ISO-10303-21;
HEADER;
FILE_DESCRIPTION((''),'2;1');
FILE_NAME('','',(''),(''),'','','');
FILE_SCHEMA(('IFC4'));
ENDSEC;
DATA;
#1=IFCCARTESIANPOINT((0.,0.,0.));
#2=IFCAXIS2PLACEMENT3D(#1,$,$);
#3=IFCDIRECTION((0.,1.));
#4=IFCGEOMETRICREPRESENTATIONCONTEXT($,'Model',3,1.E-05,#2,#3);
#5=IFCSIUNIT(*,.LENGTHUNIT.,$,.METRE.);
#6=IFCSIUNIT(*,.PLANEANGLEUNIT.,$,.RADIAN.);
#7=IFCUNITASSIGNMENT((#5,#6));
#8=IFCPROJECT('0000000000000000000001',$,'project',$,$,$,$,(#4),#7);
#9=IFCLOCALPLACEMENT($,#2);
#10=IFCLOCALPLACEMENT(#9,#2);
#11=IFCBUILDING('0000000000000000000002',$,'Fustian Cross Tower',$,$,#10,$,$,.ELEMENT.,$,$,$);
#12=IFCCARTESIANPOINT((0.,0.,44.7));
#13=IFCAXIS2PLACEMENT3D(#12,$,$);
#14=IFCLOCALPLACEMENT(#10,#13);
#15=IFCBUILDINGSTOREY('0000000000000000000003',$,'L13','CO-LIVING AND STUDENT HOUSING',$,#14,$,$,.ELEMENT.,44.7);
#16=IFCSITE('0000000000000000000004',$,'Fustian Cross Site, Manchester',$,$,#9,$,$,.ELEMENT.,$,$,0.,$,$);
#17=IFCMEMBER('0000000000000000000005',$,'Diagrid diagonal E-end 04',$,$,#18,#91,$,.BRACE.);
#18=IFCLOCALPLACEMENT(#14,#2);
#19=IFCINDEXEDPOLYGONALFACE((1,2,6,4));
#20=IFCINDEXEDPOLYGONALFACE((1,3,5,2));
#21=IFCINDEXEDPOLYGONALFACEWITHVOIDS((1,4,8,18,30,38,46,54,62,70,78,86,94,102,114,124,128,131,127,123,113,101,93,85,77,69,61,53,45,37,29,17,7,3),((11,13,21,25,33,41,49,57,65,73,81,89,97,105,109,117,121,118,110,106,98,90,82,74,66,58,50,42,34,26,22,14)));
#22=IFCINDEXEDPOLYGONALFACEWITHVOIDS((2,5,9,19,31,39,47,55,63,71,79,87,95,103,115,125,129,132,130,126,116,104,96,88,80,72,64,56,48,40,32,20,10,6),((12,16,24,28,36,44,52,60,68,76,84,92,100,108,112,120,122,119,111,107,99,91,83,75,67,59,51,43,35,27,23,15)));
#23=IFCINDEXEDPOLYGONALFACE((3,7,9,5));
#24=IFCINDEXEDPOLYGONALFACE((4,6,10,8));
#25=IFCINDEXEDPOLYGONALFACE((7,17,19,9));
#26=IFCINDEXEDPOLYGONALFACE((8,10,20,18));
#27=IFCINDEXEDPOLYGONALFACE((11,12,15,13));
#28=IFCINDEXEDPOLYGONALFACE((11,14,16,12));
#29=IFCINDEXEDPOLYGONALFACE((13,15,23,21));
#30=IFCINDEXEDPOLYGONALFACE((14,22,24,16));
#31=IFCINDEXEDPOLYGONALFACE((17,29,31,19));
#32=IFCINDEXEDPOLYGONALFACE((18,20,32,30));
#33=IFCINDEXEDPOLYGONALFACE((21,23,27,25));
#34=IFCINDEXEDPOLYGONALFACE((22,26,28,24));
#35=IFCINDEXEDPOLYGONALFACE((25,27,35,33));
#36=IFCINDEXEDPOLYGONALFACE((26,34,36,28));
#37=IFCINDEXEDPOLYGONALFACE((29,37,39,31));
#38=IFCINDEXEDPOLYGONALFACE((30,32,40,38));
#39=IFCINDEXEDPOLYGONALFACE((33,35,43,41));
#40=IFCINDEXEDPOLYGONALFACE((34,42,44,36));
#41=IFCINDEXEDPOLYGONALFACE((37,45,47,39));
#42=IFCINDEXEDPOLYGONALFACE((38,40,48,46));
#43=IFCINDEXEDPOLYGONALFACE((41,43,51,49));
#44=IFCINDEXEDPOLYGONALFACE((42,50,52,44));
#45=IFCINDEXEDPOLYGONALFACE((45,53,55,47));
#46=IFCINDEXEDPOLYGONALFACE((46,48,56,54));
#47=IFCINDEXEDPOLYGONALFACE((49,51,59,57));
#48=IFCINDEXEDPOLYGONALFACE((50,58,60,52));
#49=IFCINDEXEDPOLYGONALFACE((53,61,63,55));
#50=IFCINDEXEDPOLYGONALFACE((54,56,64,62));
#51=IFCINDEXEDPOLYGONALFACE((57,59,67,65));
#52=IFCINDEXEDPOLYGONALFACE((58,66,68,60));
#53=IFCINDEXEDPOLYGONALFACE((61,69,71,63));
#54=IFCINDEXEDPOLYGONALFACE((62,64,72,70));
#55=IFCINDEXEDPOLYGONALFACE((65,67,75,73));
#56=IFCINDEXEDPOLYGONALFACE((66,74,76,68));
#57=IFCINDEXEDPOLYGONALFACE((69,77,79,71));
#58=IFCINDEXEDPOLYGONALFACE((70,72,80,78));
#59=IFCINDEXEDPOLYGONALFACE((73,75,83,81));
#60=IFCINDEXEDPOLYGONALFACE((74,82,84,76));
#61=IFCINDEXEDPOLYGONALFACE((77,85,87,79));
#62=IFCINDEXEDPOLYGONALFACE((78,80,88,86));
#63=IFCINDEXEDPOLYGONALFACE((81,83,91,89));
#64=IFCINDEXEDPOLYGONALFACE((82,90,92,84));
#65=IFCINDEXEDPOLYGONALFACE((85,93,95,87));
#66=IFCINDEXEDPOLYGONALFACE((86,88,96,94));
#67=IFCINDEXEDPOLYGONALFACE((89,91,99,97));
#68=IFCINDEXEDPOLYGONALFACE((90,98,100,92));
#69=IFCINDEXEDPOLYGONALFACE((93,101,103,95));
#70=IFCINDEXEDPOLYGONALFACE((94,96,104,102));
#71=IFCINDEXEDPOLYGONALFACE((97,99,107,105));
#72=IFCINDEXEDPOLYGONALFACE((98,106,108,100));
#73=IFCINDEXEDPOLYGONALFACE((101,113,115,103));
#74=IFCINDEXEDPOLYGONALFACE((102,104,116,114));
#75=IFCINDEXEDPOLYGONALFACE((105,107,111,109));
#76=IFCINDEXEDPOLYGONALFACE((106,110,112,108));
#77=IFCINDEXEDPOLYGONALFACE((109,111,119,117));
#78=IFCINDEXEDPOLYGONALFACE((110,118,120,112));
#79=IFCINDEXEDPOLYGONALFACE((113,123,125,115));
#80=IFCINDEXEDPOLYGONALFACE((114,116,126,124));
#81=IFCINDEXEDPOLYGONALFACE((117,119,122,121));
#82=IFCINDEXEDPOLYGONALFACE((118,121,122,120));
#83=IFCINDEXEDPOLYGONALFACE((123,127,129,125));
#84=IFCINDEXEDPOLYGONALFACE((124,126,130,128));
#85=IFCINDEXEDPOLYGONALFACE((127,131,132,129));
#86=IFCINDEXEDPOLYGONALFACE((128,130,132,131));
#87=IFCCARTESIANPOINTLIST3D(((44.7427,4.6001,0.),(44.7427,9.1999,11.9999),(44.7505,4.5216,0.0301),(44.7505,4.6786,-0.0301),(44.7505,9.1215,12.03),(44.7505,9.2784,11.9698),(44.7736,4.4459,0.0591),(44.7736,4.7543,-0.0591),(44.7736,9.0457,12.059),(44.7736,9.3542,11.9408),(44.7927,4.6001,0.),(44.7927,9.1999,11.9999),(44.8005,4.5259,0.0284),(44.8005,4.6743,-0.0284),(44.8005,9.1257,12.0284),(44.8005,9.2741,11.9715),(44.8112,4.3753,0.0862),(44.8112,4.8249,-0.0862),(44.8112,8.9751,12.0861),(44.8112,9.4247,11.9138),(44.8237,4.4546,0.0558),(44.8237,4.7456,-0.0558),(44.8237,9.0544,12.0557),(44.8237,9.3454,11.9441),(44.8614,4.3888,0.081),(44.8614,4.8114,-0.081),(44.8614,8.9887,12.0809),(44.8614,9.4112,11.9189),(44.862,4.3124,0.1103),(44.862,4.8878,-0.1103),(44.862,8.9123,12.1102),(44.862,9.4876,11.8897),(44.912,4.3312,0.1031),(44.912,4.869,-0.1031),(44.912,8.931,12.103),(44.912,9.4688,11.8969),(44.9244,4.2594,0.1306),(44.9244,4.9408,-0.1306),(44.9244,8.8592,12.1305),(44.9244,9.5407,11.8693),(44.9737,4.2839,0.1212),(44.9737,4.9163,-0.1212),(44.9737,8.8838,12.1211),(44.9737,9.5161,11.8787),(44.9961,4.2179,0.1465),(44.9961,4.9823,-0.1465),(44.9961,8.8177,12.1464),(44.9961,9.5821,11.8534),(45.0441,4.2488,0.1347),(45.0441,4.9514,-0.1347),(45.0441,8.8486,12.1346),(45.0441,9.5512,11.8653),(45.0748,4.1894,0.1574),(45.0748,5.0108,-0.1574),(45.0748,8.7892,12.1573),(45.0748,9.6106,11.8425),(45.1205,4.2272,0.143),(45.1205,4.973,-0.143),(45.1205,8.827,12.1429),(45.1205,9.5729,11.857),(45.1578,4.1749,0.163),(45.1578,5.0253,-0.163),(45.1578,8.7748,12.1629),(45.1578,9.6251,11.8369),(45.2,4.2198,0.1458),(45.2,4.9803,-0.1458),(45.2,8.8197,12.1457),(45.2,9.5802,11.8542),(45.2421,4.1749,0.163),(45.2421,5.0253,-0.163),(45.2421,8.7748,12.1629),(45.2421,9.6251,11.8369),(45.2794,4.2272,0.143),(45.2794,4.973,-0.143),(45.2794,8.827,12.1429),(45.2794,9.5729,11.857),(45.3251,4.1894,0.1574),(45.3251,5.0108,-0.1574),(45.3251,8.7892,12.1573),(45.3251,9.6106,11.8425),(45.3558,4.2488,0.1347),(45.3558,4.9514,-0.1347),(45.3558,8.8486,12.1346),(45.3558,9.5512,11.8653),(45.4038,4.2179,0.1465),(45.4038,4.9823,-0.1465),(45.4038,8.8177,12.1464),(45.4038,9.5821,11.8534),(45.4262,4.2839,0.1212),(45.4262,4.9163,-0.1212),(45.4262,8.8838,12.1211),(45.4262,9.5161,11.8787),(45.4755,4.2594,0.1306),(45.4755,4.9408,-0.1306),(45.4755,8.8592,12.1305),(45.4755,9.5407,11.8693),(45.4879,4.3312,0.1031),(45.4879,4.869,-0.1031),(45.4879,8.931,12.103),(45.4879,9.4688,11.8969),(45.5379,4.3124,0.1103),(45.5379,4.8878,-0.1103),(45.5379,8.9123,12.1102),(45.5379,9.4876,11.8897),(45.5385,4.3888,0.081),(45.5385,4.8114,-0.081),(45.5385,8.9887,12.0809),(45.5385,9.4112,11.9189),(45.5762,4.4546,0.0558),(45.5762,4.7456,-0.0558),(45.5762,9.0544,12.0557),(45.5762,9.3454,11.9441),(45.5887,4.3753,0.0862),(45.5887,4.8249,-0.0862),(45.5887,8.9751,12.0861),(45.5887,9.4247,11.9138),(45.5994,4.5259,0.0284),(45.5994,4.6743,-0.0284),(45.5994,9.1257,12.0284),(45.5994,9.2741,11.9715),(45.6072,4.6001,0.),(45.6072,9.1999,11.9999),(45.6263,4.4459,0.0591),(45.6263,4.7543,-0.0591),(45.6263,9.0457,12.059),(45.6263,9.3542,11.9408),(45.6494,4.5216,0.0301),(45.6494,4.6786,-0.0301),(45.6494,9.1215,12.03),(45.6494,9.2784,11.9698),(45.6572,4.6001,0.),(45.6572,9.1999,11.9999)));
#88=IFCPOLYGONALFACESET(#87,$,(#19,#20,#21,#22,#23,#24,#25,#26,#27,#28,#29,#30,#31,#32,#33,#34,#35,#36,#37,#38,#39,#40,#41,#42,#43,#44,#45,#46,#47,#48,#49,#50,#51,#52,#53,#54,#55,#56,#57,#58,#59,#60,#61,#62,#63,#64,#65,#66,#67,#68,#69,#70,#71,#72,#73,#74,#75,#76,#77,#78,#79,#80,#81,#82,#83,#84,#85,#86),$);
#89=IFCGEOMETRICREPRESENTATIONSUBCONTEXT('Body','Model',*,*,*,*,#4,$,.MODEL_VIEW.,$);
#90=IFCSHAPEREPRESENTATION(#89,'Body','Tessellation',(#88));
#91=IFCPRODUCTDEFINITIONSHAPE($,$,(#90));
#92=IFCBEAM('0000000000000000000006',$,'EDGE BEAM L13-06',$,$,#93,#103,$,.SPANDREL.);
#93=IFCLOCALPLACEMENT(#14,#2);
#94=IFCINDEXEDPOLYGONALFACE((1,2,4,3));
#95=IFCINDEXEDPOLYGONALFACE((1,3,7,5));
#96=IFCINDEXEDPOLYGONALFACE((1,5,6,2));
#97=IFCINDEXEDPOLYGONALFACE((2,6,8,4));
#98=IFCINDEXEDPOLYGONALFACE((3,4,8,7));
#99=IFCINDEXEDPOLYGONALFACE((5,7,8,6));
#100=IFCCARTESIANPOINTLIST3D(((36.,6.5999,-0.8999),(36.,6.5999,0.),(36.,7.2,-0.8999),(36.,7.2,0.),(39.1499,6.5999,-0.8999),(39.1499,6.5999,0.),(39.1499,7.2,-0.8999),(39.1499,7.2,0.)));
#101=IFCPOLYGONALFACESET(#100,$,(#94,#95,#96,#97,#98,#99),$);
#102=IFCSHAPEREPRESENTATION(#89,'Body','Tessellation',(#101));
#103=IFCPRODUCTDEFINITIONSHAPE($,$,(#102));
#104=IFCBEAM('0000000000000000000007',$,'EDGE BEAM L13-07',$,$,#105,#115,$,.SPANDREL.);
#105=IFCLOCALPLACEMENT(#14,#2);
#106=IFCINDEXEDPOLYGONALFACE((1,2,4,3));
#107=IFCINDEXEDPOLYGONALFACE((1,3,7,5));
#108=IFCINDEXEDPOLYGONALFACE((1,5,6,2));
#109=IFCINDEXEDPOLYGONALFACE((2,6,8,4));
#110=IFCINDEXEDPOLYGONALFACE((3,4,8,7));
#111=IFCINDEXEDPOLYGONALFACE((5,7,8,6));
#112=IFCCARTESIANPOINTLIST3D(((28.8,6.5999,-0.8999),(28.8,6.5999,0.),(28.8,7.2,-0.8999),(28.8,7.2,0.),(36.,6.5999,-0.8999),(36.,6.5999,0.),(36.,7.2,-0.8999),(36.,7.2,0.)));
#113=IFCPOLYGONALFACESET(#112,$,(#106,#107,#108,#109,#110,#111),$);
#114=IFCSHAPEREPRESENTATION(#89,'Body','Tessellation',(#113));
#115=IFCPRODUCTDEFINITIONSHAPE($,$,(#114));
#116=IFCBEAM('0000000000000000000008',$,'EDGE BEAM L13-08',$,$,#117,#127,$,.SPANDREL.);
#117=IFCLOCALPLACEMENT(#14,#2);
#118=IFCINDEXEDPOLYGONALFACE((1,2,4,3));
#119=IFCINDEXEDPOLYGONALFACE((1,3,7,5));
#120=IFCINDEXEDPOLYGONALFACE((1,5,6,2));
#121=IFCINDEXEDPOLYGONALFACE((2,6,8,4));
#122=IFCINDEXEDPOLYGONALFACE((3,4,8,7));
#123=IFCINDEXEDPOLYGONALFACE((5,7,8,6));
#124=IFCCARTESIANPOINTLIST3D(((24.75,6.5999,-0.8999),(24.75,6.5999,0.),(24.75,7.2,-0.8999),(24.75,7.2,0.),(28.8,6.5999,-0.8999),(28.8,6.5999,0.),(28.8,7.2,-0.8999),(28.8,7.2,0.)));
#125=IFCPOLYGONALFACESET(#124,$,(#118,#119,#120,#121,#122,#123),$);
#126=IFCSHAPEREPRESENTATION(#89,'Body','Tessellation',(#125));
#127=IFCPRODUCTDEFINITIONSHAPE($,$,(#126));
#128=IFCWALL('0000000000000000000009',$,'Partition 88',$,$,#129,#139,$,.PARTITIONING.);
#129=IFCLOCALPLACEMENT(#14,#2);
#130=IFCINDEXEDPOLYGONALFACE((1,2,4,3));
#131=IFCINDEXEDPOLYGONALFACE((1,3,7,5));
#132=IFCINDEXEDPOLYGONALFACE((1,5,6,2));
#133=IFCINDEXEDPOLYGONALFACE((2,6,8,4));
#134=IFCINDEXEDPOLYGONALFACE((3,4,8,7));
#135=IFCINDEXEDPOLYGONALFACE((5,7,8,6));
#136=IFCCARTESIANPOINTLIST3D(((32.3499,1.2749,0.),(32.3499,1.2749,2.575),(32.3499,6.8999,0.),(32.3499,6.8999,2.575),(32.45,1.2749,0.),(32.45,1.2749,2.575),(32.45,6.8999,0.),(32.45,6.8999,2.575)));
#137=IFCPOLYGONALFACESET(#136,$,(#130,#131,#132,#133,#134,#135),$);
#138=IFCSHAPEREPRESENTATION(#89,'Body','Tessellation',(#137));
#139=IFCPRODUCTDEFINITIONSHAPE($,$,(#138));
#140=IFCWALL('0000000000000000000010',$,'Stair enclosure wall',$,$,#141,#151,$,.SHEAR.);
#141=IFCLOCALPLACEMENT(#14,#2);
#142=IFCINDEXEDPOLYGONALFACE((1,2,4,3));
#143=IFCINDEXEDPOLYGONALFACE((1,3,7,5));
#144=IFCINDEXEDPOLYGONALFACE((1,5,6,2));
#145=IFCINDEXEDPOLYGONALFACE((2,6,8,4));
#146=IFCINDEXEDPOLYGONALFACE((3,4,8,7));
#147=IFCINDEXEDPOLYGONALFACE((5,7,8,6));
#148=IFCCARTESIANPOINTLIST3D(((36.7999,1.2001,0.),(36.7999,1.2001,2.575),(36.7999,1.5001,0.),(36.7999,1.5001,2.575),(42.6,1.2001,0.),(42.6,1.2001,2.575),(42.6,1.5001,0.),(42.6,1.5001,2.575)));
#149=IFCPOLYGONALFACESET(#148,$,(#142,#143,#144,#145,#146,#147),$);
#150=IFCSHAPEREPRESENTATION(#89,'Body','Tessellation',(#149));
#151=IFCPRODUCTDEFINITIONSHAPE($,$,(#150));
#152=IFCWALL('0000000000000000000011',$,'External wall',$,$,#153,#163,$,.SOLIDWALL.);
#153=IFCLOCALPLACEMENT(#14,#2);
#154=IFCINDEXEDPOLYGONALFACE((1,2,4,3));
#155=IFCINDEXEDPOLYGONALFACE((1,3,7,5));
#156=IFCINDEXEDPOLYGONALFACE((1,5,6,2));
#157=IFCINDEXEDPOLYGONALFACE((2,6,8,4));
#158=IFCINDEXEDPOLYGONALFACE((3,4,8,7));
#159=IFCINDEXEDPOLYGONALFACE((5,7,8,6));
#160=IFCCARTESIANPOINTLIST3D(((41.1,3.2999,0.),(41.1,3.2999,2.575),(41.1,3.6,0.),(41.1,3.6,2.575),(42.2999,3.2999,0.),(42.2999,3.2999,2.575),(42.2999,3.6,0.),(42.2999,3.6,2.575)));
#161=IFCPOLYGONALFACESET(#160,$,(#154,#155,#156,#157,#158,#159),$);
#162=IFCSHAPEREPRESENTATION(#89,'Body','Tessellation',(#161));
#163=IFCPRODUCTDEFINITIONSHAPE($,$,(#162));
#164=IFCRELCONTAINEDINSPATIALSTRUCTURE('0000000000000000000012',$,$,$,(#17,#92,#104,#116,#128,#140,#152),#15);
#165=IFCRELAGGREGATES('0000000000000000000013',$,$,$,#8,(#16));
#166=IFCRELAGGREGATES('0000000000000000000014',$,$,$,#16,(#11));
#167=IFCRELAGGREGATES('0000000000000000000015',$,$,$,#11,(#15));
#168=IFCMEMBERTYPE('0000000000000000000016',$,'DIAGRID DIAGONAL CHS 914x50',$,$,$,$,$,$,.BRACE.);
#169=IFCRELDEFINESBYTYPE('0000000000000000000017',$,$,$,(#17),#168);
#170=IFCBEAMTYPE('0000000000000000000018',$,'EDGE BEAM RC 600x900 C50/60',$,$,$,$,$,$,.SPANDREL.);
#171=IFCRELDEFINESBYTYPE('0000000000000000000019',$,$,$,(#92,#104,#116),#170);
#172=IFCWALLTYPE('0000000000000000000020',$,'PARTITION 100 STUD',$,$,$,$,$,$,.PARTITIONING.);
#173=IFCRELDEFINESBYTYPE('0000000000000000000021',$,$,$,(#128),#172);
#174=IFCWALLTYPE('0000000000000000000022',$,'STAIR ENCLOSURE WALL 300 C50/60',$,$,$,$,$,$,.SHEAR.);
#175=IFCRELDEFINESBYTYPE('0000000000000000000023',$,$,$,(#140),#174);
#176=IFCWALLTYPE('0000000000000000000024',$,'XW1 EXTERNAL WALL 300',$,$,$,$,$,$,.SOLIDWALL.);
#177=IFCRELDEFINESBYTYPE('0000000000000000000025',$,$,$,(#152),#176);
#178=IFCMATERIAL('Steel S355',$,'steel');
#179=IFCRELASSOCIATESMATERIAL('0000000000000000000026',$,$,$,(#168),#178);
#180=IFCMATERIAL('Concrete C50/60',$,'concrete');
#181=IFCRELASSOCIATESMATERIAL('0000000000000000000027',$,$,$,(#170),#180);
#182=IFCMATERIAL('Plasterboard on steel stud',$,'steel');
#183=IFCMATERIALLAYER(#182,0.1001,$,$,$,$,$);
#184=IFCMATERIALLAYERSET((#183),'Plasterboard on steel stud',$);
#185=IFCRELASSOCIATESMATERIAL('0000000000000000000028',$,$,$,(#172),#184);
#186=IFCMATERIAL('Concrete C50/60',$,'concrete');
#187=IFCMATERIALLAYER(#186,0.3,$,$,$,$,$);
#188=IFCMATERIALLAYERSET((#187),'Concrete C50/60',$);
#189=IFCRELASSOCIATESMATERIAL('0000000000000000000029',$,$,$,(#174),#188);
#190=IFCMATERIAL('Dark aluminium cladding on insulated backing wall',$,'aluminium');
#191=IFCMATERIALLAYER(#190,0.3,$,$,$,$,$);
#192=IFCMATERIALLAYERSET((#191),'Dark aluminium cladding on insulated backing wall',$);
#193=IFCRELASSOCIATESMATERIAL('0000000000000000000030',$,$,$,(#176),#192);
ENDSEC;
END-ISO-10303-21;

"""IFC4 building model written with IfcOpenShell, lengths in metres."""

from ifc_helpers import new_model, si_unit, direction, frame, frame_2d, origin, origin_2d, place, context, subcontext, project, spatial, rectangle, hollow_circle, extrude, material, layer, layer_set, material_profile, profile_set, type_object, element, save


model = new_model("IFC4")

# Units and contexts
model_context = context("Model", 3, precision=1e-05, world=origin(), true_north=direction((0.0, 1.0)))
body_context = subcontext(model_context, "Body", "Model", "MODEL_VIEW")
ifc_project = project(units=[si_unit("LENGTHUNIT", "METRE"), si_unit("PLANEANGLEUNIT", "RADIAN")], contexts=[model_context])

# Site, building, storey
site_placement = place(None, origin())
site = spatial("IfcSite", under=ifc_project, at=site_placement, Name="Fustian Cross Site, Manchester", CompositionType="ELEMENT", RefElevation=0.0)
building_placement = place(site_placement, origin())
building = spatial("IfcBuilding", under=site, at=building_placement, Name="Fustian Cross Tower", CompositionType="ELEMENT")
storey_placement = place(building_placement, frame((0.0, 0.0, 44.7)))
storey = spatial("IfcBuildingStorey", under=building, at=storey_placement, Name="L13", Description="CO-LIVING AND STUDENT HOUSING", CompositionType="ELEMENT", Elevation=44.7)

# Member
ifc_material_1 = material(Name="Steel S355", Category="steel")
ifc_material_profile_1 = material_profile(ifc_material_1, hollow_circle(Radius=0.4573, WallThickness=0.05, at=origin_2d()), Name="CHS 914x50")
ifc_profile_set_1 = profile_set([ifc_material_profile_1], Name="Steel S355")
member_type_1 = type_object("IfcMemberType", Name="DIAGRID DIAGONAL CHS 914x50", PredefinedType="BRACE", material=ifc_profile_set_1)
member_1_placement = place(storey_placement, frame((45.2, 4.6001, 0.0), z_axis=(0.0, 0.357926, 0.93375), x_axis=(-1.0, 0.0, 0.0)))
element("IfcMember", 1, at=member_1_placement, inside=storey, type_object=member_type_1, Name="Diagrid diagonal E-end 04", PredefinedType="BRACE", context=body_context, shape_type="SweptSolid", body=[
    extrude(hollow_circle(Radius=0.4573, WallThickness=0.05, at=origin_2d()), origin(), (0.0, 0.0, 1.0), 12.8513),
])

# Beams
ifc_material_2 = material(Name="Concrete C50/60", Category="concrete")
ifc_material_profile_2 = material_profile(ifc_material_2, rectangle(XDim=0.6001, YDim=0.8999, at=origin_2d()), Name="RC 600x900")
ifc_profile_set_2 = profile_set([ifc_material_profile_2], Name="Concrete C50/60")
beam_type = type_object("IfcBeamType", Name="EDGE BEAM RC 600x900 C50/60", PredefinedType="SPANDREL", material=ifc_profile_set_2)
beam_1_placement = place(storey_placement, frame((39.1499, 6.8999, -0.45), z_axis=(-1.0, 0.0, 0.0), x_axis=(0.0, -1.0, 0.0)))
element("IfcBeam", 2, at=beam_1_placement, inside=storey, type_object=beam_type, Name="EDGE BEAM L13-06", PredefinedType="SPANDREL", context=body_context, shape_type="SweptSolid", body=[
    extrude(rectangle(XDim=0.6001, YDim=0.8999, at=origin_2d()), origin(), (0.0, 0.0, 1.0), 3.1499),
])
beam_2_placement = place(storey_placement, frame((36.0, 6.8999, -0.45), z_axis=(-1.0, 0.0, 0.0), x_axis=(0.0, -1.0, 0.0)))
element("IfcBeam", 3, at=beam_2_placement, inside=storey, type_object=beam_type, Name="EDGE BEAM L13-07", PredefinedType="SPANDREL", context=body_context, shape_type="SweptSolid", body=[
    extrude(rectangle(XDim=0.6001, YDim=0.8999, at=origin_2d()), origin(), (0.0, 0.0, 1.0), 7.2),
])
beam_3_placement = place(storey_placement, frame((28.8, 6.8999, -0.45), z_axis=(-1.0, 0.0, 0.0), x_axis=(0.0, -1.0, 0.0)))
element("IfcBeam", 4, at=beam_3_placement, inside=storey, type_object=beam_type, Name="EDGE BEAM L13-08", PredefinedType="SPANDREL", context=body_context, shape_type="SweptSolid", body=[
    extrude(rectangle(XDim=0.6001, YDim=0.8999, at=origin_2d()), origin(), (0.0, 0.0, 1.0), 4.05),
])

# Walls
ifc_material_3 = material(Name="Plasterboard on steel stud", Category="steel")
ifc_layer_1 = layer(ifc_material_3, 0.1001)
ifc_layer_set_1 = layer_set([ifc_layer_1], Name="Plasterboard on steel stud")
wall_type_1 = type_object("IfcWallType", Name="PARTITION 100 STUD", PredefinedType="PARTITIONING", material=ifc_layer_set_1)
wall_1_placement = place(storey_placement, frame((32.3999, 1.2749, 0.0), z_axis=(0.0, 0.0, 1.0), x_axis=(0.0, 1.0, 0.0)))
element("IfcWall", 5, at=wall_1_placement, inside=storey, type_object=wall_type_1, Name="Partition 88", PredefinedType="PARTITIONING", context=body_context, shape_type="SweptSolid", body=[
    extrude(rectangle(XDim=5.625, YDim=0.1001, at=frame_2d((2.8125, 0.0))), origin(), (0.0, 0.0, 1.0), 2.575),
])
ifc_material_4 = material(Name="Concrete C50/60", Category="concrete")
ifc_layer_2 = layer(ifc_material_4, 0.3)
ifc_layer_set_2 = layer_set([ifc_layer_2], Name="Concrete C50/60")
wall_type_2 = type_object("IfcWallType", Name="STAIR ENCLOSURE WALL 300 C50/60", PredefinedType="SHEAR", material=ifc_layer_set_2)
wall_2_placement = place(storey_placement, frame((36.8, 1.3501, 0.0), z_axis=(0.0, 0.0, 1.0), x_axis=(1.0, 0.0, 0.0)))
element("IfcWall", 6, at=wall_2_placement, inside=storey, type_object=wall_type_2, Name="Stair enclosure wall", PredefinedType="SHEAR", context=body_context, shape_type="SweptSolid", body=[
    extrude(rectangle(XDim=5.8, YDim=0.3, at=frame_2d((2.8999, 0.0))), origin(), (0.0, 0.0, 1.0), 2.575),
])
ifc_material_5 = material(Name="Dark aluminium cladding on insulated backing wall", Category="aluminium")
ifc_layer_3 = layer(ifc_material_5, 0.3)
ifc_layer_set_3 = layer_set([ifc_layer_3], Name="Dark aluminium cladding on insulated backing wall")
wall_type_3 = type_object("IfcWallType", Name="XW1 EXTERNAL WALL 300", PredefinedType="SOLIDWALL", material=ifc_layer_set_3)
wall_3_placement = place(storey_placement, frame((42.3, 3.45, 0.0), z_axis=(0.0, 0.0, 1.0), x_axis=(-1.0, 0.0, 0.0)))
element("IfcWall", 7, at=wall_3_placement, inside=storey, type_object=wall_type_3, Name="External wall", PredefinedType="SOLIDWALL", context=body_context, shape_type="SweptSolid", body=[
    extrude(rectangle(XDim=1.2, YDim=0.3, at=frame_2d((0.6001, 0.0))), origin(), (0.0, 0.0, 1.0), 2.575),
])

save(model, "model.ifc")
